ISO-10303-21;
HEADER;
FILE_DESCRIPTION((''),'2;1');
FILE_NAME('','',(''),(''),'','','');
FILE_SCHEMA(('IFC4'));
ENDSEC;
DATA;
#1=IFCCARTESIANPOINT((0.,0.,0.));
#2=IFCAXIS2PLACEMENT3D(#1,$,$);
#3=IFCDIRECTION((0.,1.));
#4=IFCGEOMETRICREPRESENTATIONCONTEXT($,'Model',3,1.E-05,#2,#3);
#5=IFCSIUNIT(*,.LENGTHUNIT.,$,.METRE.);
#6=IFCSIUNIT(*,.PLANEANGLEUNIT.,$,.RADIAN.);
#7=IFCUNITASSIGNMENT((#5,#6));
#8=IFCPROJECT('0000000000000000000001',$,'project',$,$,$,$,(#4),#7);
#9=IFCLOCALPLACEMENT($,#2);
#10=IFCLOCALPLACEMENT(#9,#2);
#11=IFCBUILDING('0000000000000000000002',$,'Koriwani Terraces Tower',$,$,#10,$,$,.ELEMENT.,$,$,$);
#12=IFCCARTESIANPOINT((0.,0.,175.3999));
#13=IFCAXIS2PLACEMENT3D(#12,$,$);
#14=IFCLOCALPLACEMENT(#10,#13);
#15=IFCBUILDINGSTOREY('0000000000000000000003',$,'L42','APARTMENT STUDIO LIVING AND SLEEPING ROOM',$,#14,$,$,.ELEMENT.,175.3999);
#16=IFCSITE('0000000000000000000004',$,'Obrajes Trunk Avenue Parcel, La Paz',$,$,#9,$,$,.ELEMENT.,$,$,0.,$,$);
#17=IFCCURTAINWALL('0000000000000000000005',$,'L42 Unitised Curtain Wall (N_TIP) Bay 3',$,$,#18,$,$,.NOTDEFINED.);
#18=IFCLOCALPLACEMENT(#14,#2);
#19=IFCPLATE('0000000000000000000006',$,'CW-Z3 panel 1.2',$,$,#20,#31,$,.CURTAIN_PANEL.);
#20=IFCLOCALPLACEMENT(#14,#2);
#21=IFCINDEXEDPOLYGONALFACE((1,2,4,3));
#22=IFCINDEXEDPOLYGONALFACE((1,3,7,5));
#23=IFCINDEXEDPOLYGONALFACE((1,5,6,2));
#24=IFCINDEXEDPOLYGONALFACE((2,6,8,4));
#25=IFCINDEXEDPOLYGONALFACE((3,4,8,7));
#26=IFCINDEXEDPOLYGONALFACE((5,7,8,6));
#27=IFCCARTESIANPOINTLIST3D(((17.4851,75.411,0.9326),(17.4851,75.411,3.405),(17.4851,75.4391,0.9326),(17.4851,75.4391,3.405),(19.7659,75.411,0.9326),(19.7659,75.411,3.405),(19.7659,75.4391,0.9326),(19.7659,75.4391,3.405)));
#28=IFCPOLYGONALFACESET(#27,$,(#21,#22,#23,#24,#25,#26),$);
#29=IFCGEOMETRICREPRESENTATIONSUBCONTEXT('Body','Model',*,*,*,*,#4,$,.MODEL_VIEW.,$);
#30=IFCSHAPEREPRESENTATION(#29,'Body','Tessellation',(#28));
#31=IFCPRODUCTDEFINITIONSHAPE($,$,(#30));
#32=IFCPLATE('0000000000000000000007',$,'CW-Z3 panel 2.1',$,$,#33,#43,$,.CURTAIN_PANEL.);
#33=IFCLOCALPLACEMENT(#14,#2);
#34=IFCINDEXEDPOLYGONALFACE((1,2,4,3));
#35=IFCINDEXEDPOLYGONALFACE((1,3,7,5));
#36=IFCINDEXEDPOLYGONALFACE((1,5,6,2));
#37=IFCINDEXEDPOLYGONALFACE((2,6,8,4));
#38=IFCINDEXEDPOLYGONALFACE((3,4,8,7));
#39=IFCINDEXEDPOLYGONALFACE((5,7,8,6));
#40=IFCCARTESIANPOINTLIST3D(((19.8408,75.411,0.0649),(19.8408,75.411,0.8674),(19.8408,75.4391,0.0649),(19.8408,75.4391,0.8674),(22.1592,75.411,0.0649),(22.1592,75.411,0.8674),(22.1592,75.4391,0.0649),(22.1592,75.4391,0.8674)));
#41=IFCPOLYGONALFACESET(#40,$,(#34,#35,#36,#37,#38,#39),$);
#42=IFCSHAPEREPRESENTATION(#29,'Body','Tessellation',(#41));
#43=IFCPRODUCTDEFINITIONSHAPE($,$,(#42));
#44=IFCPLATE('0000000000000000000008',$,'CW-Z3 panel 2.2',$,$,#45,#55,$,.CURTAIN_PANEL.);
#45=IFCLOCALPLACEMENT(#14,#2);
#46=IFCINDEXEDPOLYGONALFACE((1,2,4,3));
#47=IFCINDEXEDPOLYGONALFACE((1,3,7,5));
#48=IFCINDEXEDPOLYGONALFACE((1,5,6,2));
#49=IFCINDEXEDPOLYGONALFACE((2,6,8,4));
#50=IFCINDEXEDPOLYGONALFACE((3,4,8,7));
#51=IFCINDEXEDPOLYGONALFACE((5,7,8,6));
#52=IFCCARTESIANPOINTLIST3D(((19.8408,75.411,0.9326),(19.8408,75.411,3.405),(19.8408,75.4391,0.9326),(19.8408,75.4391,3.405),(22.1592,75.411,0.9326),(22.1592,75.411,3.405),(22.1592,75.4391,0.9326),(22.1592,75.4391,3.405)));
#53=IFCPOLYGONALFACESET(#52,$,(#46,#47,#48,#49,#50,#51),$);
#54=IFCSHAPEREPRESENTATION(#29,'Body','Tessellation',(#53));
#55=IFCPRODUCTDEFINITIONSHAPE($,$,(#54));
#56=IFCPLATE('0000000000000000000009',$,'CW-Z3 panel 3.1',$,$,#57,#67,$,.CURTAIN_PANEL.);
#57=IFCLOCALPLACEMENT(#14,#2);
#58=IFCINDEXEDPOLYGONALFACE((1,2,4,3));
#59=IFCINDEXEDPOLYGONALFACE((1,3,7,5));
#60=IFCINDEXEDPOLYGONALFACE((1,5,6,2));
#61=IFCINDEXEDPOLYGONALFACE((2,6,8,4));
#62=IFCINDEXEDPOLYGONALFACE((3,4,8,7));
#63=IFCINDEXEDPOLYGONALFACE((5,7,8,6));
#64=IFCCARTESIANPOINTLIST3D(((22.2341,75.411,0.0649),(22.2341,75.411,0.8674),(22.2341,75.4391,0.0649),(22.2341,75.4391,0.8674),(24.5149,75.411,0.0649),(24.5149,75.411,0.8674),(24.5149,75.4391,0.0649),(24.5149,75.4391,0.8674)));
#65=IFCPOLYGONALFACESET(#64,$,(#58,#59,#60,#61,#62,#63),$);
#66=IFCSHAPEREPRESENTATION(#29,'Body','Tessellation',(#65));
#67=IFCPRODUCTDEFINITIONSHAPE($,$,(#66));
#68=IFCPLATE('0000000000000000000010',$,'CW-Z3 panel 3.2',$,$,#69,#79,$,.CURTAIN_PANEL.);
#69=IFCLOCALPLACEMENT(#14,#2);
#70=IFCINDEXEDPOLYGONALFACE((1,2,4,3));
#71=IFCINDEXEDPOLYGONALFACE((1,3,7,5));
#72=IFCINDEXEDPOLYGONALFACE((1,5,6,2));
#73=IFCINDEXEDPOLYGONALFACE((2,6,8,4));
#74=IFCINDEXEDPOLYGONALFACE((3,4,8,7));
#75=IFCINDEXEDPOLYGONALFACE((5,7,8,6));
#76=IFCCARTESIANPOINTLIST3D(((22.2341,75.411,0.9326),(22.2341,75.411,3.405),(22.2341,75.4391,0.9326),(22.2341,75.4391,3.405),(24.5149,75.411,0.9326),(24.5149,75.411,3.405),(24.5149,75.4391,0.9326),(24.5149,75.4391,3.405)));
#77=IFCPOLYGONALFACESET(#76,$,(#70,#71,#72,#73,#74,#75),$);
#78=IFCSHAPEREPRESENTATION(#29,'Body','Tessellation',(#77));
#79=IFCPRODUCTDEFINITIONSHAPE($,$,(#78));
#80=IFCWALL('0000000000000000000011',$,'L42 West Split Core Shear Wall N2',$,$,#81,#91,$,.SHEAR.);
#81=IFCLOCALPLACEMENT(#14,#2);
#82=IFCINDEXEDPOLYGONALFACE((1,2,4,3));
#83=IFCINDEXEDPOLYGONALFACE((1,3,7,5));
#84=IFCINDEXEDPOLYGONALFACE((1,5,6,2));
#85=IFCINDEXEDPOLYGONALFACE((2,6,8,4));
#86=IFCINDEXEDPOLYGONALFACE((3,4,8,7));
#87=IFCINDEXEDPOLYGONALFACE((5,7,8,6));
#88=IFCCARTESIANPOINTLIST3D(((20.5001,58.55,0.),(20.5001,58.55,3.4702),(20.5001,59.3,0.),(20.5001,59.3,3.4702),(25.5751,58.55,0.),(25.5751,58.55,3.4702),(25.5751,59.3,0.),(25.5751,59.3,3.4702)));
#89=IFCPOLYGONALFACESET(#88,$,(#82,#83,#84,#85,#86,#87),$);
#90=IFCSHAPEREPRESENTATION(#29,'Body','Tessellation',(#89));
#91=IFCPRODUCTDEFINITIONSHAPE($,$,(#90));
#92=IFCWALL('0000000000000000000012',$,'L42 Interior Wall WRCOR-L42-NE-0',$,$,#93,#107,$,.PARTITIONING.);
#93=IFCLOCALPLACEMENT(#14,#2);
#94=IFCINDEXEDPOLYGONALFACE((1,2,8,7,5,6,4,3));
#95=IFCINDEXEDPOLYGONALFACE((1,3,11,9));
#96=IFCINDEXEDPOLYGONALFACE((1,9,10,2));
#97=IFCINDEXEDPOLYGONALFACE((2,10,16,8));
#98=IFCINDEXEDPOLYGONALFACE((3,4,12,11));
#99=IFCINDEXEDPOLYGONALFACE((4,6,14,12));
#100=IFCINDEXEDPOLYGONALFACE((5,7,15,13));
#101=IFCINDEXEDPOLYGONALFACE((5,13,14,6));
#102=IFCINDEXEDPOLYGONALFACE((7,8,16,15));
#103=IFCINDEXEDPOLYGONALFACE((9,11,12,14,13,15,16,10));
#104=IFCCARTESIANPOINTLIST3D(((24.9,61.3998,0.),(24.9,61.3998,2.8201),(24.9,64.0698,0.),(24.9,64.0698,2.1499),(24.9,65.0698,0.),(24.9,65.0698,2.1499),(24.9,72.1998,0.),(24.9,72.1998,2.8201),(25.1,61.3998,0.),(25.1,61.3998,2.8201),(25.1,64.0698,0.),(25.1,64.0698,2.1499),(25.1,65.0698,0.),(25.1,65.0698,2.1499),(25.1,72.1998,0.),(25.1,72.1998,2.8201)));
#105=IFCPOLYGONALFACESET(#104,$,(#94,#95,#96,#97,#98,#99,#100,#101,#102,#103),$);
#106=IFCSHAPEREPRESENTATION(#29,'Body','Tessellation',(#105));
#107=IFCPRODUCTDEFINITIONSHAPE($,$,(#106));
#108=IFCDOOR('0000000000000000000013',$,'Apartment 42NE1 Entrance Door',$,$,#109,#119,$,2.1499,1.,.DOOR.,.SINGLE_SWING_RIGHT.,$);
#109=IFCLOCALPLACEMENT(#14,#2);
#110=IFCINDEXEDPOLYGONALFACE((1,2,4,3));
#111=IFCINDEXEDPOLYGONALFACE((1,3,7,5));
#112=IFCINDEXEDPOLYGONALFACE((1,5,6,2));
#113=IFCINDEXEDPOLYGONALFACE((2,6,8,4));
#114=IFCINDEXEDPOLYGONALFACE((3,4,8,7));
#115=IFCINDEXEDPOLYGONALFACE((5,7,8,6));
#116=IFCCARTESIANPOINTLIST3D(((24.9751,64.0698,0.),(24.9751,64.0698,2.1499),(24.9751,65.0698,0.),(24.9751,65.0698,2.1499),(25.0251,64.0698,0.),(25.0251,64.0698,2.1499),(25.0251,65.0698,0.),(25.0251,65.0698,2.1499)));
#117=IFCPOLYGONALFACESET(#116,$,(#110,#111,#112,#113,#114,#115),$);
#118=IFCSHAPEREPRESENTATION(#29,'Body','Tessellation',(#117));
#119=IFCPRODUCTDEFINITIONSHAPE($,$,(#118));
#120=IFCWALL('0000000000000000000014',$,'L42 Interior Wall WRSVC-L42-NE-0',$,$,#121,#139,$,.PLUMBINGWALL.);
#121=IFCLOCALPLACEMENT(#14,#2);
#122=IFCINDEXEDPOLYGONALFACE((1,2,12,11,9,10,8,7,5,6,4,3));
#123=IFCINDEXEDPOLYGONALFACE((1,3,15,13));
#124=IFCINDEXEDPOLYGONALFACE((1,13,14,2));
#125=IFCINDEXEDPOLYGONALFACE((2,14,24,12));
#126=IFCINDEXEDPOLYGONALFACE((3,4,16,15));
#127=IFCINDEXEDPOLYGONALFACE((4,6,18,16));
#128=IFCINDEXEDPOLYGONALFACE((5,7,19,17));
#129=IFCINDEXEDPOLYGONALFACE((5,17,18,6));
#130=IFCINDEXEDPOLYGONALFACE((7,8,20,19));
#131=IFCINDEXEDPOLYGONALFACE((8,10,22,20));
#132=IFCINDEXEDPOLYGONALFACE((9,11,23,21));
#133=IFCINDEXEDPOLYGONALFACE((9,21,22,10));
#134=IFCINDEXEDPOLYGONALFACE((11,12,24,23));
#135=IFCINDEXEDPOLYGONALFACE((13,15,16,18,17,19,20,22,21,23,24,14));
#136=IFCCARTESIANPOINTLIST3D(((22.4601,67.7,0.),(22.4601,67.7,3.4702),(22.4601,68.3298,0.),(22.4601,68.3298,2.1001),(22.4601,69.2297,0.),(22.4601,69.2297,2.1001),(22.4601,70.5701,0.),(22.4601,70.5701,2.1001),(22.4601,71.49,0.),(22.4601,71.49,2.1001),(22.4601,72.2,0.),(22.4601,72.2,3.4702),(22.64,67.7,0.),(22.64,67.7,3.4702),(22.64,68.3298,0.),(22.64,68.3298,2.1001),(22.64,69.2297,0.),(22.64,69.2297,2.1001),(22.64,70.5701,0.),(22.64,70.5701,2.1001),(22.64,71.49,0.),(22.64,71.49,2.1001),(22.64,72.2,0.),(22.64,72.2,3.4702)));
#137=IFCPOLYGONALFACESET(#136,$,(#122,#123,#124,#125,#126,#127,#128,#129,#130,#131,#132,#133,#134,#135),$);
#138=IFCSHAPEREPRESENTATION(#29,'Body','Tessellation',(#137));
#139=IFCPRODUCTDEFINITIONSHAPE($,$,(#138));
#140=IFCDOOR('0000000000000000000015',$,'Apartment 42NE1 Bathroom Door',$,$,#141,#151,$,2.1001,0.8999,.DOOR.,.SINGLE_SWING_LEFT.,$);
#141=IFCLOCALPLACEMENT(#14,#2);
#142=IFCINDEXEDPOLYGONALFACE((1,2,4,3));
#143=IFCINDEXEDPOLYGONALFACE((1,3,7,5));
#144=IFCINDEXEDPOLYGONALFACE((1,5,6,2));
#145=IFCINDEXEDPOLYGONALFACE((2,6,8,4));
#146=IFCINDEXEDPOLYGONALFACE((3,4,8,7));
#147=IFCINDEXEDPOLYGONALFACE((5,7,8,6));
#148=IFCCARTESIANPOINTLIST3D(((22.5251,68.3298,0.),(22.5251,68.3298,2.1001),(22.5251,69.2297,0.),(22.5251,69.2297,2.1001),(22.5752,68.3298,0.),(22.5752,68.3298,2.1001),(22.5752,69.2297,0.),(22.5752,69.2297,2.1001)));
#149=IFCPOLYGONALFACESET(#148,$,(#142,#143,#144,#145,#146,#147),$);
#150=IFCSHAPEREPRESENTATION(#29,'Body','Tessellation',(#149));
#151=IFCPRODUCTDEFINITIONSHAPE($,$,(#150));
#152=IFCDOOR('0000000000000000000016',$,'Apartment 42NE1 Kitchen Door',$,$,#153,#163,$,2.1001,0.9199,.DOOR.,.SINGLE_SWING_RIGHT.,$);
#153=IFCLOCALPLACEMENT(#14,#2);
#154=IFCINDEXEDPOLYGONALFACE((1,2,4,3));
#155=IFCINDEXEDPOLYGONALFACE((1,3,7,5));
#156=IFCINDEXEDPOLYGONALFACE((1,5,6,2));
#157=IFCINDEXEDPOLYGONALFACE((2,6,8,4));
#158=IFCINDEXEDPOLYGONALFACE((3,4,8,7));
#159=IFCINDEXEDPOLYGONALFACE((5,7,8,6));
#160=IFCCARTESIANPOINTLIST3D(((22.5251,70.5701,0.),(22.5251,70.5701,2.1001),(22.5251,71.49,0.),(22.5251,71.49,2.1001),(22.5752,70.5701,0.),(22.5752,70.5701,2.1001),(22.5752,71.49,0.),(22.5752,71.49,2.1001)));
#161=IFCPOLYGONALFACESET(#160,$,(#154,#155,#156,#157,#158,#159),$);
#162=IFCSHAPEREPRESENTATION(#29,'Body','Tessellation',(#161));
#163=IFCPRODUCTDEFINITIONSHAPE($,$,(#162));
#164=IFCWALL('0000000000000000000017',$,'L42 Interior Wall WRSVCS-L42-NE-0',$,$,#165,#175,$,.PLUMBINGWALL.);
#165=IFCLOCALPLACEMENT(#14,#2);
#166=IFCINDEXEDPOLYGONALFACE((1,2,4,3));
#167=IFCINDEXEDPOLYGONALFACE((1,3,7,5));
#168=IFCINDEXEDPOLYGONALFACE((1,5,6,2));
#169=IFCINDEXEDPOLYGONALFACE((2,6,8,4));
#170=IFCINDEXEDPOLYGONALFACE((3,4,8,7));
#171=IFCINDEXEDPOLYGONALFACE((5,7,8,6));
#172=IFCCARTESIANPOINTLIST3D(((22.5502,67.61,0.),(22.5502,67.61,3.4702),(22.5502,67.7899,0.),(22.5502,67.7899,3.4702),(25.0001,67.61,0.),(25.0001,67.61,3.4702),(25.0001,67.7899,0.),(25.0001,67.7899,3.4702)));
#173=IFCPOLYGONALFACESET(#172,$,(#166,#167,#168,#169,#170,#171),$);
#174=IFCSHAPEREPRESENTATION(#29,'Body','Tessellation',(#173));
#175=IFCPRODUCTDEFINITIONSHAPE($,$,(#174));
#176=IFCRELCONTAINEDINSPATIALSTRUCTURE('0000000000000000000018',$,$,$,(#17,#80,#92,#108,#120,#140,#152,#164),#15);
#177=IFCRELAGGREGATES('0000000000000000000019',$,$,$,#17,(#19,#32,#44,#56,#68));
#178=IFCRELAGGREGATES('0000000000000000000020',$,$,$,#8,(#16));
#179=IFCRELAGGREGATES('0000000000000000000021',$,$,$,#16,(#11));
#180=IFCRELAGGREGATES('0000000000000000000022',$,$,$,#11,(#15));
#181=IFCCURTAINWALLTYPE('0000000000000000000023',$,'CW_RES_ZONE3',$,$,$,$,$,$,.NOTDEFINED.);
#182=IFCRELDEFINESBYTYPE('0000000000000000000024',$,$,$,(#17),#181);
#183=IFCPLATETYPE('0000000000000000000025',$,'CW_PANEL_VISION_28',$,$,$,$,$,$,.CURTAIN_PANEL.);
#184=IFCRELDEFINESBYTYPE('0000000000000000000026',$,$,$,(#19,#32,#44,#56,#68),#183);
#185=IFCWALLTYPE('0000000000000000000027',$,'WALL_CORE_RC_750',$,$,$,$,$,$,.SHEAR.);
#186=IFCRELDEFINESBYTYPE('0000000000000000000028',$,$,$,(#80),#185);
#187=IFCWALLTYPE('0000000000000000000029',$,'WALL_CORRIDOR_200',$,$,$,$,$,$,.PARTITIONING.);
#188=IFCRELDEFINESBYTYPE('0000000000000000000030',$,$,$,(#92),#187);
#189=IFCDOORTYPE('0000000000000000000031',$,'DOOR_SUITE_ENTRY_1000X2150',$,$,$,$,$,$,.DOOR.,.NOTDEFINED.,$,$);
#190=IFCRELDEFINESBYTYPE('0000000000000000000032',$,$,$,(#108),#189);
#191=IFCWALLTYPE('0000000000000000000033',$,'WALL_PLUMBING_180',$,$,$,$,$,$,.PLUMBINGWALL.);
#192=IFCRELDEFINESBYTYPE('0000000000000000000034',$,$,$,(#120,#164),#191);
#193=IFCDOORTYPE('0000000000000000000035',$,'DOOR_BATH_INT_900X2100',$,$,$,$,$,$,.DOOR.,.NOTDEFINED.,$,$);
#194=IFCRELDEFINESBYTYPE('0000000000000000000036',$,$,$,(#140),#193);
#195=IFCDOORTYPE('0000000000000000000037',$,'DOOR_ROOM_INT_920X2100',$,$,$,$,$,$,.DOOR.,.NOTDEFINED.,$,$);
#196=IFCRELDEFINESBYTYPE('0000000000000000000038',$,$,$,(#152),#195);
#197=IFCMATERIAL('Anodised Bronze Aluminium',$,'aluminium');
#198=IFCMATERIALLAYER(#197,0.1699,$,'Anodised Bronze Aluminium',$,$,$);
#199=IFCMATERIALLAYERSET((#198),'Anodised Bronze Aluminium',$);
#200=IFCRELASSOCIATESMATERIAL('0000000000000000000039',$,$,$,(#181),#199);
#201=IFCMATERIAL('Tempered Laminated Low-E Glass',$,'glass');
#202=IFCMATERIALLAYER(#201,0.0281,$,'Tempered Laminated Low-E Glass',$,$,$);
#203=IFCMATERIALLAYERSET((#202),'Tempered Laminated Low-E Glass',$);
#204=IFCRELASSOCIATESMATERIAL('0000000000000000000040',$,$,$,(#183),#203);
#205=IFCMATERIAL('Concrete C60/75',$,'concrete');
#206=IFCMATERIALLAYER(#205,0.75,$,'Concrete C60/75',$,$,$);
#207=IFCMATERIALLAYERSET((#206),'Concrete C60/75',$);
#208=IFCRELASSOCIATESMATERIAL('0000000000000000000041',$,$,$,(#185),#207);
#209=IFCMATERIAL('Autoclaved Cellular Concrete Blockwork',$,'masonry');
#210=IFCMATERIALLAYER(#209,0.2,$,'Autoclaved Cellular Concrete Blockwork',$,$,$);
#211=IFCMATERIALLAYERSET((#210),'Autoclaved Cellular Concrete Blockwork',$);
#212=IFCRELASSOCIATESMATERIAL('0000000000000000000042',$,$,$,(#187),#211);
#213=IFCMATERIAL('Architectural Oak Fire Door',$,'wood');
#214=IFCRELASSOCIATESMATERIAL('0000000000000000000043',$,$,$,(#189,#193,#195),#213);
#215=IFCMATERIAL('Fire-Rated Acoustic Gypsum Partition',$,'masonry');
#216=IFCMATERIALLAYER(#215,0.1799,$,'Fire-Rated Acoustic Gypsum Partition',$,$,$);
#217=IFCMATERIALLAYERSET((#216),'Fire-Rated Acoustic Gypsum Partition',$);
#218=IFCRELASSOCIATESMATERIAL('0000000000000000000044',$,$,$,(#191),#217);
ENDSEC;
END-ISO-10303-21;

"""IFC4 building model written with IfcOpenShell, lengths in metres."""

from ifc_helpers import new_model, si_unit, direction, frame, frame_2d, origin, origin_2d, place, context, subcontext, project, spatial, rectangle, extrude, material, layer, layer_set, type_object, element, fill, aggregate, save


model = new_model("IFC4")

# Units and contexts
model_context = context("Model", 3, precision=1e-05, world=origin(), true_north=direction((0.0, 1.0)))
body_context = subcontext(model_context, "Body", "Model", "MODEL_VIEW")
ifc_project = project(units=[si_unit("LENGTHUNIT", "METRE"), si_unit("PLANEANGLEUNIT", "RADIAN")], contexts=[model_context])

# Site, building, storey
site_placement = place(None, origin())
site = spatial("IfcSite", under=ifc_project, at=site_placement, Name="Obrajes Trunk Avenue Parcel, La Paz", CompositionType="ELEMENT", RefElevation=0.0)
building_placement = place(site_placement, origin())
building = spatial("IfcBuilding", under=site, at=building_placement, Name="Koriwani Terraces Tower", CompositionType="ELEMENT")
storey_placement = place(building_placement, frame((0.0, 0.0, 175.3999)))
storey = spatial("IfcBuildingStorey", under=building, at=storey_placement, Name="L42", Description="APARTMENT STUDIO LIVING AND SLEEPING ROOM", CompositionType="ELEMENT", Elevation=175.3999)

# Shared definitions
ifc_material_1 = material(Name="Concrete C60/75", Category="concrete")

# Curtain wall, plates
ifc_material_2 = material(Name="Anodised Bronze Aluminium", Category="aluminium")
ifc_layer_1 = layer(ifc_material_2, 0.1699, Name="Anodised Bronze Aluminium")
ifc_layer_set_1 = layer_set([ifc_layer_1], Name="Anodised Bronze Aluminium")
curtain_wall_type = type_object("IfcCurtainWallType", Name="CW_RES_ZONE3", PredefinedType="NOTDEFINED", material=ifc_layer_set_1)
curtain_wall_placement = place(storey_placement, origin())
curtain_wall = element("IfcCurtainWall", 1, at=curtain_wall_placement, inside=storey, type_object=curtain_wall_type, Name="L42 Unitised Curtain Wall (N_TIP) Bay 3", PredefinedType="NOTDEFINED")
ifc_material_3 = material(Name="Tempered Laminated Low-E Glass", Category="glass")
ifc_layer_2 = layer(ifc_material_3, 0.0281, Name="Tempered Laminated Low-E Glass")
ifc_layer_set_2 = layer_set([ifc_layer_2], Name="Tempered Laminated Low-E Glass")
plate_type = type_object("IfcPlateType", Name="CW_PANEL_VISION_28", PredefinedType="CURTAIN_PANEL", material=ifc_layer_set_2)
plate_1_placement = place(storey_placement, frame((18.6255, 75.425, 0.9326), z_axis=(0.0, 0.0, 1.0), x_axis=(1.0, 0.0, 0.0)))
plate_1 = element("IfcPlate", 2, at=plate_1_placement, type_object=plate_type, Name="CW-Z3 panel 1.2", PredefinedType="CURTAIN_PANEL", context=body_context, shape_type="SweptSolid", body=[
    extrude(rectangle(XDim=2.2808, YDim=0.0281, at=origin_2d()), origin(), (0.0, 0.0, 1.0), 2.4724),
])
plate_2_placement = place(storey_placement, frame((21.0, 75.425, 0.0649), z_axis=(0.0, 0.0, 1.0), x_axis=(1.0, 0.0, 0.0)))
plate_2 = element("IfcPlate", 3, at=plate_2_placement, type_object=plate_type, Name="CW-Z3 panel 2.1", PredefinedType="CURTAIN_PANEL", context=body_context, shape_type="SweptSolid", body=[
    extrude(rectangle(XDim=2.3184, YDim=0.0281, at=origin_2d()), origin(), (0.0, 0.0, 1.0), 0.8025),
])
plate_3_placement = place(storey_placement, frame((21.0, 75.425, 0.9326), z_axis=(0.0, 0.0, 1.0), x_axis=(1.0, 0.0, 0.0)))
plate_3 = element("IfcPlate", 4, at=plate_3_placement, type_object=plate_type, Name="CW-Z3 panel 2.2", PredefinedType="CURTAIN_PANEL", context=body_context, shape_type="SweptSolid", body=[
    extrude(rectangle(XDim=2.3184, YDim=0.0281, at=origin_2d()), origin(), (0.0, 0.0, 1.0), 2.4724),
])
plate_4_placement = place(storey_placement, frame((23.3745, 75.425, 0.0649), z_axis=(0.0, 0.0, 1.0), x_axis=(1.0, 0.0, 0.0)))
plate_4 = element("IfcPlate", 5, at=plate_4_placement, type_object=plate_type, Name="CW-Z3 panel 3.1", PredefinedType="CURTAIN_PANEL", context=body_context, shape_type="SweptSolid", body=[
    extrude(rectangle(XDim=2.2808, YDim=0.0281, at=origin_2d()), origin(), (0.0, 0.0, 1.0), 0.8025),
])
plate_5_placement = place(storey_placement, frame((23.3745, 75.425, 0.9326), z_axis=(0.0, 0.0, 1.0), x_axis=(1.0, 0.0, 0.0)))
plate_5 = element("IfcPlate", 6, at=plate_5_placement, type_object=plate_type, Name="CW-Z3 panel 3.2", PredefinedType="CURTAIN_PANEL", context=body_context, shape_type="SweptSolid", body=[
    extrude(rectangle(XDim=2.2808, YDim=0.0281, at=origin_2d()), origin(), (0.0, 0.0, 1.0), 2.4724),
])
aggregate(curtain_wall, [plate_1, plate_2, plate_3, plate_4, plate_5])

# Wall
ifc_layer_3 = layer(ifc_material_1, 0.75, Name="Concrete C60/75")
ifc_layer_set_3 = layer_set([ifc_layer_3], Name="Concrete C60/75")
wall_type_1 = type_object("IfcWallType", Name="WALL_CORE_RC_750", PredefinedType="SHEAR", material=ifc_layer_set_3)
wall_1_placement = place(storey_placement, frame((20.5, 58.925, 0.0), z_axis=(0.0, 0.0, 1.0), x_axis=(1.0, 0.0, 0.0)))
element("IfcWall", 7, at=wall_1_placement, inside=storey, type_object=wall_type_1, Name="L42 West Split Core Shear Wall N2", PredefinedType="SHEAR", context=body_context, shape_type="SweptSolid", body=[
    extrude(rectangle(XDim=5.075, YDim=0.75, at=frame_2d((2.5376, 0.0))), origin(), (0.0, 0.0, 1.0), 3.4702),
])

# Wall, opening, door
ifc_material_4 = material(Name="Autoclaved Cellular Concrete Blockwork", Category="masonry")
ifc_layer_4 = layer(ifc_material_4, 0.2, Name="Autoclaved Cellular Concrete Blockwork")
ifc_layer_set_4 = layer_set([ifc_layer_4], Name="Autoclaved Cellular Concrete Blockwork")
wall_type_2 = type_object("IfcWallType", Name="WALL_CORRIDOR_200", PredefinedType="PARTITIONING", material=ifc_layer_set_4)
wall_2_placement = place(storey_placement, frame((25.0, 61.3999, 0.0), z_axis=(0.0, 0.0, 1.0), x_axis=(0.0, 1.0, 0.0)))
wall_2 = element("IfcWall", 8, at=wall_2_placement, inside=storey, type_object=wall_type_2, Name="L42 Interior Wall WRCOR-L42-NE-0", PredefinedType="PARTITIONING", context=body_context, shape_type="SweptSolid", body=[
    extrude(rectangle(XDim=10.8, YDim=0.2, at=frame_2d((5.3999, 0.0))), origin(), (0.0, 0.0, 1.0), 2.8201),
])
opening_1_placement = place(wall_2_placement, frame((2.6699, 0.0, 0.0)))
opening_1 = element("IfcOpeningElement", 9, at=opening_1_placement, cuts=wall_2, PredefinedType="OPENING", context=body_context, shape_type="SweptSolid", body=[
    extrude(rectangle(XDim=1.0, YDim=2.1499, at=frame_2d((0.5, 1.075))), frame((0.0, 0.1099, 0.0), z_axis=(0.0, -1.0, 0.0), x_axis=(1.0, 0.0, 0.0)), (0.0, 0.0, 1.0), 0.22),
])
ifc_material_5 = material(Name="Architectural Oak Fire Door", Category="wood")
door_type_1 = type_object("IfcDoorType", Name="DOOR_SUITE_ENTRY_1000X2150", OperationType="NOTDEFINED", PredefinedType="DOOR", material=ifc_material_5)
door_1_placement = place(opening_1_placement, origin())
door_1 = element("IfcDoor", 10, at=door_1_placement, inside=storey, type_object=door_type_1, Name="Apartment 42NE1 Entrance Door", OperationType="SINGLE_SWING_RIGHT", OverallHeight=2.1499, OverallWidth=1.0, PredefinedType="DOOR", context=body_context, shape_type="SweptSolid", body=[
    extrude(rectangle(XDim=1.0, YDim=2.1499, at=frame_2d((0.5, 1.075))), frame((0.0, 0.0249, 0.0), z_axis=(0.0, -1.0, 0.0), x_axis=(1.0, 0.0, 0.0)), (0.0, 0.0, 1.0), 0.05),
])
fill(opening_1, door_1)

# Wall, openings, doors
ifc_material_6 = material(Name="Fire-Rated Acoustic Gypsum Partition", Category="masonry")
ifc_layer_5 = layer(ifc_material_6, 0.1799, Name="Fire-Rated Acoustic Gypsum Partition")
ifc_layer_set_5 = layer_set([ifc_layer_5], Name="Fire-Rated Acoustic Gypsum Partition")
wall_type_3 = type_object("IfcWallType", Name="WALL_PLUMBING_180", PredefinedType="PLUMBINGWALL", material=ifc_layer_set_5)
wall_3_placement = place(storey_placement, frame((22.55, 67.7, 0.0), z_axis=(0.0, 0.0, 1.0), x_axis=(0.0, 1.0, 0.0)))
wall_3 = element("IfcWall", 11, at=wall_3_placement, inside=storey, type_object=wall_type_3, Name="L42 Interior Wall WRSVC-L42-NE-0", PredefinedType="PLUMBINGWALL", context=body_context, shape_type="SweptSolid", body=[
    extrude(rectangle(XDim=4.5, YDim=0.1799, at=frame_2d((2.25, 0.0))), origin(), (0.0, 0.0, 1.0), 3.4702),
])
opening_2_placement = place(wall_3_placement, frame((0.6299, 0.0, 0.0)))
opening_2 = element("IfcOpeningElement", 12, at=opening_2_placement, cuts=wall_3, PredefinedType="OPENING", context=body_context, shape_type="SweptSolid", body=[
    extrude(rectangle(XDim=0.8999, YDim=2.1001, at=frame_2d((0.45, 1.05))), frame((0.0, 0.1001, 0.0), z_axis=(0.0, -1.0, 0.0), x_axis=(1.0, 0.0, 0.0)), (0.0, 0.0, 1.0), 0.2),
])
opening_3_placement = place(wall_3_placement, frame((2.8701, 0.0, 0.0)))
opening_3 = element("IfcOpeningElement", 13, at=opening_3_placement, cuts=wall_3, PredefinedType="OPENING", context=body_context, shape_type="SweptSolid", body=[
    extrude(rectangle(XDim=0.9199, YDim=2.1001, at=frame_2d((0.46, 1.05))), frame((0.0, 0.1001, 0.0), z_axis=(0.0, -1.0, 0.0), x_axis=(1.0, 0.0, 0.0)), (0.0, 0.0, 1.0), 0.2),
])
door_type_2 = type_object("IfcDoorType", Name="DOOR_BATH_INT_900X2100", OperationType="NOTDEFINED", PredefinedType="DOOR", material=ifc_material_5)
door_2_placement = place(opening_2_placement, origin())
door_2 = element("IfcDoor", 14, at=door_2_placement, inside=storey, type_object=door_type_2, Name="Apartment 42NE1 Bathroom Door", OperationType="SINGLE_SWING_LEFT", OverallHeight=2.1001, OverallWidth=0.8999, PredefinedType="DOOR", context=body_context, shape_type="SweptSolid", body=[
    extrude(rectangle(XDim=0.8999, YDim=2.1001, at=frame_2d((0.45, 1.05))), frame((0.0, 0.0249, 0.0), z_axis=(0.0, -1.0, 0.0), x_axis=(1.0, 0.0, 0.0)), (0.0, 0.0, 1.0), 0.05),
])
fill(opening_2, door_2)
door_type_3 = type_object("IfcDoorType", Name="DOOR_ROOM_INT_920X2100", OperationType="NOTDEFINED", PredefinedType="DOOR", material=ifc_material_5)
door_3_placement = place(opening_3_placement, origin())
door_3 = element("IfcDoor", 15, at=door_3_placement, inside=storey, type_object=door_type_3, Name="Apartment 42NE1 Kitchen Door", OperationType="SINGLE_SWING_RIGHT", OverallHeight=2.1001, OverallWidth=0.9199, PredefinedType="DOOR", context=body_context, shape_type="SweptSolid", body=[
    extrude(rectangle(XDim=0.9199, YDim=2.1001, at=frame_2d((0.46, 1.05))), frame((0.0, 0.0249, 0.0), z_axis=(0.0, -1.0, 0.0), x_axis=(1.0, 0.0, 0.0)), (0.0, 0.0, 1.0), 0.05),
])
fill(opening_3, door_3)

# Wall
for number, where, z_axis, x_axis, name in (
    (16, (22.55, 67.7, 0.0), (0.0, 0.0, 1.0), (1.0, 0.0, 0.0), "L42 Interior Wall WRSVCS-L42-NE-0"),
):
    element("IfcWall", number, at=place(storey_placement, frame(where, z_axis=z_axis, x_axis=x_axis)), inside=storey, type_object=wall_type_3, Name=name, PredefinedType="PLUMBINGWALL", context=body_context, shape_type="SweptSolid", body=[
        extrude(rectangle(XDim=2.45, YDim=0.1799, at=frame_2d((1.2251, 0.0))), origin(), (0.0, 0.0, 1.0), 3.4702),
    ])

save(model, "model.ifc")
